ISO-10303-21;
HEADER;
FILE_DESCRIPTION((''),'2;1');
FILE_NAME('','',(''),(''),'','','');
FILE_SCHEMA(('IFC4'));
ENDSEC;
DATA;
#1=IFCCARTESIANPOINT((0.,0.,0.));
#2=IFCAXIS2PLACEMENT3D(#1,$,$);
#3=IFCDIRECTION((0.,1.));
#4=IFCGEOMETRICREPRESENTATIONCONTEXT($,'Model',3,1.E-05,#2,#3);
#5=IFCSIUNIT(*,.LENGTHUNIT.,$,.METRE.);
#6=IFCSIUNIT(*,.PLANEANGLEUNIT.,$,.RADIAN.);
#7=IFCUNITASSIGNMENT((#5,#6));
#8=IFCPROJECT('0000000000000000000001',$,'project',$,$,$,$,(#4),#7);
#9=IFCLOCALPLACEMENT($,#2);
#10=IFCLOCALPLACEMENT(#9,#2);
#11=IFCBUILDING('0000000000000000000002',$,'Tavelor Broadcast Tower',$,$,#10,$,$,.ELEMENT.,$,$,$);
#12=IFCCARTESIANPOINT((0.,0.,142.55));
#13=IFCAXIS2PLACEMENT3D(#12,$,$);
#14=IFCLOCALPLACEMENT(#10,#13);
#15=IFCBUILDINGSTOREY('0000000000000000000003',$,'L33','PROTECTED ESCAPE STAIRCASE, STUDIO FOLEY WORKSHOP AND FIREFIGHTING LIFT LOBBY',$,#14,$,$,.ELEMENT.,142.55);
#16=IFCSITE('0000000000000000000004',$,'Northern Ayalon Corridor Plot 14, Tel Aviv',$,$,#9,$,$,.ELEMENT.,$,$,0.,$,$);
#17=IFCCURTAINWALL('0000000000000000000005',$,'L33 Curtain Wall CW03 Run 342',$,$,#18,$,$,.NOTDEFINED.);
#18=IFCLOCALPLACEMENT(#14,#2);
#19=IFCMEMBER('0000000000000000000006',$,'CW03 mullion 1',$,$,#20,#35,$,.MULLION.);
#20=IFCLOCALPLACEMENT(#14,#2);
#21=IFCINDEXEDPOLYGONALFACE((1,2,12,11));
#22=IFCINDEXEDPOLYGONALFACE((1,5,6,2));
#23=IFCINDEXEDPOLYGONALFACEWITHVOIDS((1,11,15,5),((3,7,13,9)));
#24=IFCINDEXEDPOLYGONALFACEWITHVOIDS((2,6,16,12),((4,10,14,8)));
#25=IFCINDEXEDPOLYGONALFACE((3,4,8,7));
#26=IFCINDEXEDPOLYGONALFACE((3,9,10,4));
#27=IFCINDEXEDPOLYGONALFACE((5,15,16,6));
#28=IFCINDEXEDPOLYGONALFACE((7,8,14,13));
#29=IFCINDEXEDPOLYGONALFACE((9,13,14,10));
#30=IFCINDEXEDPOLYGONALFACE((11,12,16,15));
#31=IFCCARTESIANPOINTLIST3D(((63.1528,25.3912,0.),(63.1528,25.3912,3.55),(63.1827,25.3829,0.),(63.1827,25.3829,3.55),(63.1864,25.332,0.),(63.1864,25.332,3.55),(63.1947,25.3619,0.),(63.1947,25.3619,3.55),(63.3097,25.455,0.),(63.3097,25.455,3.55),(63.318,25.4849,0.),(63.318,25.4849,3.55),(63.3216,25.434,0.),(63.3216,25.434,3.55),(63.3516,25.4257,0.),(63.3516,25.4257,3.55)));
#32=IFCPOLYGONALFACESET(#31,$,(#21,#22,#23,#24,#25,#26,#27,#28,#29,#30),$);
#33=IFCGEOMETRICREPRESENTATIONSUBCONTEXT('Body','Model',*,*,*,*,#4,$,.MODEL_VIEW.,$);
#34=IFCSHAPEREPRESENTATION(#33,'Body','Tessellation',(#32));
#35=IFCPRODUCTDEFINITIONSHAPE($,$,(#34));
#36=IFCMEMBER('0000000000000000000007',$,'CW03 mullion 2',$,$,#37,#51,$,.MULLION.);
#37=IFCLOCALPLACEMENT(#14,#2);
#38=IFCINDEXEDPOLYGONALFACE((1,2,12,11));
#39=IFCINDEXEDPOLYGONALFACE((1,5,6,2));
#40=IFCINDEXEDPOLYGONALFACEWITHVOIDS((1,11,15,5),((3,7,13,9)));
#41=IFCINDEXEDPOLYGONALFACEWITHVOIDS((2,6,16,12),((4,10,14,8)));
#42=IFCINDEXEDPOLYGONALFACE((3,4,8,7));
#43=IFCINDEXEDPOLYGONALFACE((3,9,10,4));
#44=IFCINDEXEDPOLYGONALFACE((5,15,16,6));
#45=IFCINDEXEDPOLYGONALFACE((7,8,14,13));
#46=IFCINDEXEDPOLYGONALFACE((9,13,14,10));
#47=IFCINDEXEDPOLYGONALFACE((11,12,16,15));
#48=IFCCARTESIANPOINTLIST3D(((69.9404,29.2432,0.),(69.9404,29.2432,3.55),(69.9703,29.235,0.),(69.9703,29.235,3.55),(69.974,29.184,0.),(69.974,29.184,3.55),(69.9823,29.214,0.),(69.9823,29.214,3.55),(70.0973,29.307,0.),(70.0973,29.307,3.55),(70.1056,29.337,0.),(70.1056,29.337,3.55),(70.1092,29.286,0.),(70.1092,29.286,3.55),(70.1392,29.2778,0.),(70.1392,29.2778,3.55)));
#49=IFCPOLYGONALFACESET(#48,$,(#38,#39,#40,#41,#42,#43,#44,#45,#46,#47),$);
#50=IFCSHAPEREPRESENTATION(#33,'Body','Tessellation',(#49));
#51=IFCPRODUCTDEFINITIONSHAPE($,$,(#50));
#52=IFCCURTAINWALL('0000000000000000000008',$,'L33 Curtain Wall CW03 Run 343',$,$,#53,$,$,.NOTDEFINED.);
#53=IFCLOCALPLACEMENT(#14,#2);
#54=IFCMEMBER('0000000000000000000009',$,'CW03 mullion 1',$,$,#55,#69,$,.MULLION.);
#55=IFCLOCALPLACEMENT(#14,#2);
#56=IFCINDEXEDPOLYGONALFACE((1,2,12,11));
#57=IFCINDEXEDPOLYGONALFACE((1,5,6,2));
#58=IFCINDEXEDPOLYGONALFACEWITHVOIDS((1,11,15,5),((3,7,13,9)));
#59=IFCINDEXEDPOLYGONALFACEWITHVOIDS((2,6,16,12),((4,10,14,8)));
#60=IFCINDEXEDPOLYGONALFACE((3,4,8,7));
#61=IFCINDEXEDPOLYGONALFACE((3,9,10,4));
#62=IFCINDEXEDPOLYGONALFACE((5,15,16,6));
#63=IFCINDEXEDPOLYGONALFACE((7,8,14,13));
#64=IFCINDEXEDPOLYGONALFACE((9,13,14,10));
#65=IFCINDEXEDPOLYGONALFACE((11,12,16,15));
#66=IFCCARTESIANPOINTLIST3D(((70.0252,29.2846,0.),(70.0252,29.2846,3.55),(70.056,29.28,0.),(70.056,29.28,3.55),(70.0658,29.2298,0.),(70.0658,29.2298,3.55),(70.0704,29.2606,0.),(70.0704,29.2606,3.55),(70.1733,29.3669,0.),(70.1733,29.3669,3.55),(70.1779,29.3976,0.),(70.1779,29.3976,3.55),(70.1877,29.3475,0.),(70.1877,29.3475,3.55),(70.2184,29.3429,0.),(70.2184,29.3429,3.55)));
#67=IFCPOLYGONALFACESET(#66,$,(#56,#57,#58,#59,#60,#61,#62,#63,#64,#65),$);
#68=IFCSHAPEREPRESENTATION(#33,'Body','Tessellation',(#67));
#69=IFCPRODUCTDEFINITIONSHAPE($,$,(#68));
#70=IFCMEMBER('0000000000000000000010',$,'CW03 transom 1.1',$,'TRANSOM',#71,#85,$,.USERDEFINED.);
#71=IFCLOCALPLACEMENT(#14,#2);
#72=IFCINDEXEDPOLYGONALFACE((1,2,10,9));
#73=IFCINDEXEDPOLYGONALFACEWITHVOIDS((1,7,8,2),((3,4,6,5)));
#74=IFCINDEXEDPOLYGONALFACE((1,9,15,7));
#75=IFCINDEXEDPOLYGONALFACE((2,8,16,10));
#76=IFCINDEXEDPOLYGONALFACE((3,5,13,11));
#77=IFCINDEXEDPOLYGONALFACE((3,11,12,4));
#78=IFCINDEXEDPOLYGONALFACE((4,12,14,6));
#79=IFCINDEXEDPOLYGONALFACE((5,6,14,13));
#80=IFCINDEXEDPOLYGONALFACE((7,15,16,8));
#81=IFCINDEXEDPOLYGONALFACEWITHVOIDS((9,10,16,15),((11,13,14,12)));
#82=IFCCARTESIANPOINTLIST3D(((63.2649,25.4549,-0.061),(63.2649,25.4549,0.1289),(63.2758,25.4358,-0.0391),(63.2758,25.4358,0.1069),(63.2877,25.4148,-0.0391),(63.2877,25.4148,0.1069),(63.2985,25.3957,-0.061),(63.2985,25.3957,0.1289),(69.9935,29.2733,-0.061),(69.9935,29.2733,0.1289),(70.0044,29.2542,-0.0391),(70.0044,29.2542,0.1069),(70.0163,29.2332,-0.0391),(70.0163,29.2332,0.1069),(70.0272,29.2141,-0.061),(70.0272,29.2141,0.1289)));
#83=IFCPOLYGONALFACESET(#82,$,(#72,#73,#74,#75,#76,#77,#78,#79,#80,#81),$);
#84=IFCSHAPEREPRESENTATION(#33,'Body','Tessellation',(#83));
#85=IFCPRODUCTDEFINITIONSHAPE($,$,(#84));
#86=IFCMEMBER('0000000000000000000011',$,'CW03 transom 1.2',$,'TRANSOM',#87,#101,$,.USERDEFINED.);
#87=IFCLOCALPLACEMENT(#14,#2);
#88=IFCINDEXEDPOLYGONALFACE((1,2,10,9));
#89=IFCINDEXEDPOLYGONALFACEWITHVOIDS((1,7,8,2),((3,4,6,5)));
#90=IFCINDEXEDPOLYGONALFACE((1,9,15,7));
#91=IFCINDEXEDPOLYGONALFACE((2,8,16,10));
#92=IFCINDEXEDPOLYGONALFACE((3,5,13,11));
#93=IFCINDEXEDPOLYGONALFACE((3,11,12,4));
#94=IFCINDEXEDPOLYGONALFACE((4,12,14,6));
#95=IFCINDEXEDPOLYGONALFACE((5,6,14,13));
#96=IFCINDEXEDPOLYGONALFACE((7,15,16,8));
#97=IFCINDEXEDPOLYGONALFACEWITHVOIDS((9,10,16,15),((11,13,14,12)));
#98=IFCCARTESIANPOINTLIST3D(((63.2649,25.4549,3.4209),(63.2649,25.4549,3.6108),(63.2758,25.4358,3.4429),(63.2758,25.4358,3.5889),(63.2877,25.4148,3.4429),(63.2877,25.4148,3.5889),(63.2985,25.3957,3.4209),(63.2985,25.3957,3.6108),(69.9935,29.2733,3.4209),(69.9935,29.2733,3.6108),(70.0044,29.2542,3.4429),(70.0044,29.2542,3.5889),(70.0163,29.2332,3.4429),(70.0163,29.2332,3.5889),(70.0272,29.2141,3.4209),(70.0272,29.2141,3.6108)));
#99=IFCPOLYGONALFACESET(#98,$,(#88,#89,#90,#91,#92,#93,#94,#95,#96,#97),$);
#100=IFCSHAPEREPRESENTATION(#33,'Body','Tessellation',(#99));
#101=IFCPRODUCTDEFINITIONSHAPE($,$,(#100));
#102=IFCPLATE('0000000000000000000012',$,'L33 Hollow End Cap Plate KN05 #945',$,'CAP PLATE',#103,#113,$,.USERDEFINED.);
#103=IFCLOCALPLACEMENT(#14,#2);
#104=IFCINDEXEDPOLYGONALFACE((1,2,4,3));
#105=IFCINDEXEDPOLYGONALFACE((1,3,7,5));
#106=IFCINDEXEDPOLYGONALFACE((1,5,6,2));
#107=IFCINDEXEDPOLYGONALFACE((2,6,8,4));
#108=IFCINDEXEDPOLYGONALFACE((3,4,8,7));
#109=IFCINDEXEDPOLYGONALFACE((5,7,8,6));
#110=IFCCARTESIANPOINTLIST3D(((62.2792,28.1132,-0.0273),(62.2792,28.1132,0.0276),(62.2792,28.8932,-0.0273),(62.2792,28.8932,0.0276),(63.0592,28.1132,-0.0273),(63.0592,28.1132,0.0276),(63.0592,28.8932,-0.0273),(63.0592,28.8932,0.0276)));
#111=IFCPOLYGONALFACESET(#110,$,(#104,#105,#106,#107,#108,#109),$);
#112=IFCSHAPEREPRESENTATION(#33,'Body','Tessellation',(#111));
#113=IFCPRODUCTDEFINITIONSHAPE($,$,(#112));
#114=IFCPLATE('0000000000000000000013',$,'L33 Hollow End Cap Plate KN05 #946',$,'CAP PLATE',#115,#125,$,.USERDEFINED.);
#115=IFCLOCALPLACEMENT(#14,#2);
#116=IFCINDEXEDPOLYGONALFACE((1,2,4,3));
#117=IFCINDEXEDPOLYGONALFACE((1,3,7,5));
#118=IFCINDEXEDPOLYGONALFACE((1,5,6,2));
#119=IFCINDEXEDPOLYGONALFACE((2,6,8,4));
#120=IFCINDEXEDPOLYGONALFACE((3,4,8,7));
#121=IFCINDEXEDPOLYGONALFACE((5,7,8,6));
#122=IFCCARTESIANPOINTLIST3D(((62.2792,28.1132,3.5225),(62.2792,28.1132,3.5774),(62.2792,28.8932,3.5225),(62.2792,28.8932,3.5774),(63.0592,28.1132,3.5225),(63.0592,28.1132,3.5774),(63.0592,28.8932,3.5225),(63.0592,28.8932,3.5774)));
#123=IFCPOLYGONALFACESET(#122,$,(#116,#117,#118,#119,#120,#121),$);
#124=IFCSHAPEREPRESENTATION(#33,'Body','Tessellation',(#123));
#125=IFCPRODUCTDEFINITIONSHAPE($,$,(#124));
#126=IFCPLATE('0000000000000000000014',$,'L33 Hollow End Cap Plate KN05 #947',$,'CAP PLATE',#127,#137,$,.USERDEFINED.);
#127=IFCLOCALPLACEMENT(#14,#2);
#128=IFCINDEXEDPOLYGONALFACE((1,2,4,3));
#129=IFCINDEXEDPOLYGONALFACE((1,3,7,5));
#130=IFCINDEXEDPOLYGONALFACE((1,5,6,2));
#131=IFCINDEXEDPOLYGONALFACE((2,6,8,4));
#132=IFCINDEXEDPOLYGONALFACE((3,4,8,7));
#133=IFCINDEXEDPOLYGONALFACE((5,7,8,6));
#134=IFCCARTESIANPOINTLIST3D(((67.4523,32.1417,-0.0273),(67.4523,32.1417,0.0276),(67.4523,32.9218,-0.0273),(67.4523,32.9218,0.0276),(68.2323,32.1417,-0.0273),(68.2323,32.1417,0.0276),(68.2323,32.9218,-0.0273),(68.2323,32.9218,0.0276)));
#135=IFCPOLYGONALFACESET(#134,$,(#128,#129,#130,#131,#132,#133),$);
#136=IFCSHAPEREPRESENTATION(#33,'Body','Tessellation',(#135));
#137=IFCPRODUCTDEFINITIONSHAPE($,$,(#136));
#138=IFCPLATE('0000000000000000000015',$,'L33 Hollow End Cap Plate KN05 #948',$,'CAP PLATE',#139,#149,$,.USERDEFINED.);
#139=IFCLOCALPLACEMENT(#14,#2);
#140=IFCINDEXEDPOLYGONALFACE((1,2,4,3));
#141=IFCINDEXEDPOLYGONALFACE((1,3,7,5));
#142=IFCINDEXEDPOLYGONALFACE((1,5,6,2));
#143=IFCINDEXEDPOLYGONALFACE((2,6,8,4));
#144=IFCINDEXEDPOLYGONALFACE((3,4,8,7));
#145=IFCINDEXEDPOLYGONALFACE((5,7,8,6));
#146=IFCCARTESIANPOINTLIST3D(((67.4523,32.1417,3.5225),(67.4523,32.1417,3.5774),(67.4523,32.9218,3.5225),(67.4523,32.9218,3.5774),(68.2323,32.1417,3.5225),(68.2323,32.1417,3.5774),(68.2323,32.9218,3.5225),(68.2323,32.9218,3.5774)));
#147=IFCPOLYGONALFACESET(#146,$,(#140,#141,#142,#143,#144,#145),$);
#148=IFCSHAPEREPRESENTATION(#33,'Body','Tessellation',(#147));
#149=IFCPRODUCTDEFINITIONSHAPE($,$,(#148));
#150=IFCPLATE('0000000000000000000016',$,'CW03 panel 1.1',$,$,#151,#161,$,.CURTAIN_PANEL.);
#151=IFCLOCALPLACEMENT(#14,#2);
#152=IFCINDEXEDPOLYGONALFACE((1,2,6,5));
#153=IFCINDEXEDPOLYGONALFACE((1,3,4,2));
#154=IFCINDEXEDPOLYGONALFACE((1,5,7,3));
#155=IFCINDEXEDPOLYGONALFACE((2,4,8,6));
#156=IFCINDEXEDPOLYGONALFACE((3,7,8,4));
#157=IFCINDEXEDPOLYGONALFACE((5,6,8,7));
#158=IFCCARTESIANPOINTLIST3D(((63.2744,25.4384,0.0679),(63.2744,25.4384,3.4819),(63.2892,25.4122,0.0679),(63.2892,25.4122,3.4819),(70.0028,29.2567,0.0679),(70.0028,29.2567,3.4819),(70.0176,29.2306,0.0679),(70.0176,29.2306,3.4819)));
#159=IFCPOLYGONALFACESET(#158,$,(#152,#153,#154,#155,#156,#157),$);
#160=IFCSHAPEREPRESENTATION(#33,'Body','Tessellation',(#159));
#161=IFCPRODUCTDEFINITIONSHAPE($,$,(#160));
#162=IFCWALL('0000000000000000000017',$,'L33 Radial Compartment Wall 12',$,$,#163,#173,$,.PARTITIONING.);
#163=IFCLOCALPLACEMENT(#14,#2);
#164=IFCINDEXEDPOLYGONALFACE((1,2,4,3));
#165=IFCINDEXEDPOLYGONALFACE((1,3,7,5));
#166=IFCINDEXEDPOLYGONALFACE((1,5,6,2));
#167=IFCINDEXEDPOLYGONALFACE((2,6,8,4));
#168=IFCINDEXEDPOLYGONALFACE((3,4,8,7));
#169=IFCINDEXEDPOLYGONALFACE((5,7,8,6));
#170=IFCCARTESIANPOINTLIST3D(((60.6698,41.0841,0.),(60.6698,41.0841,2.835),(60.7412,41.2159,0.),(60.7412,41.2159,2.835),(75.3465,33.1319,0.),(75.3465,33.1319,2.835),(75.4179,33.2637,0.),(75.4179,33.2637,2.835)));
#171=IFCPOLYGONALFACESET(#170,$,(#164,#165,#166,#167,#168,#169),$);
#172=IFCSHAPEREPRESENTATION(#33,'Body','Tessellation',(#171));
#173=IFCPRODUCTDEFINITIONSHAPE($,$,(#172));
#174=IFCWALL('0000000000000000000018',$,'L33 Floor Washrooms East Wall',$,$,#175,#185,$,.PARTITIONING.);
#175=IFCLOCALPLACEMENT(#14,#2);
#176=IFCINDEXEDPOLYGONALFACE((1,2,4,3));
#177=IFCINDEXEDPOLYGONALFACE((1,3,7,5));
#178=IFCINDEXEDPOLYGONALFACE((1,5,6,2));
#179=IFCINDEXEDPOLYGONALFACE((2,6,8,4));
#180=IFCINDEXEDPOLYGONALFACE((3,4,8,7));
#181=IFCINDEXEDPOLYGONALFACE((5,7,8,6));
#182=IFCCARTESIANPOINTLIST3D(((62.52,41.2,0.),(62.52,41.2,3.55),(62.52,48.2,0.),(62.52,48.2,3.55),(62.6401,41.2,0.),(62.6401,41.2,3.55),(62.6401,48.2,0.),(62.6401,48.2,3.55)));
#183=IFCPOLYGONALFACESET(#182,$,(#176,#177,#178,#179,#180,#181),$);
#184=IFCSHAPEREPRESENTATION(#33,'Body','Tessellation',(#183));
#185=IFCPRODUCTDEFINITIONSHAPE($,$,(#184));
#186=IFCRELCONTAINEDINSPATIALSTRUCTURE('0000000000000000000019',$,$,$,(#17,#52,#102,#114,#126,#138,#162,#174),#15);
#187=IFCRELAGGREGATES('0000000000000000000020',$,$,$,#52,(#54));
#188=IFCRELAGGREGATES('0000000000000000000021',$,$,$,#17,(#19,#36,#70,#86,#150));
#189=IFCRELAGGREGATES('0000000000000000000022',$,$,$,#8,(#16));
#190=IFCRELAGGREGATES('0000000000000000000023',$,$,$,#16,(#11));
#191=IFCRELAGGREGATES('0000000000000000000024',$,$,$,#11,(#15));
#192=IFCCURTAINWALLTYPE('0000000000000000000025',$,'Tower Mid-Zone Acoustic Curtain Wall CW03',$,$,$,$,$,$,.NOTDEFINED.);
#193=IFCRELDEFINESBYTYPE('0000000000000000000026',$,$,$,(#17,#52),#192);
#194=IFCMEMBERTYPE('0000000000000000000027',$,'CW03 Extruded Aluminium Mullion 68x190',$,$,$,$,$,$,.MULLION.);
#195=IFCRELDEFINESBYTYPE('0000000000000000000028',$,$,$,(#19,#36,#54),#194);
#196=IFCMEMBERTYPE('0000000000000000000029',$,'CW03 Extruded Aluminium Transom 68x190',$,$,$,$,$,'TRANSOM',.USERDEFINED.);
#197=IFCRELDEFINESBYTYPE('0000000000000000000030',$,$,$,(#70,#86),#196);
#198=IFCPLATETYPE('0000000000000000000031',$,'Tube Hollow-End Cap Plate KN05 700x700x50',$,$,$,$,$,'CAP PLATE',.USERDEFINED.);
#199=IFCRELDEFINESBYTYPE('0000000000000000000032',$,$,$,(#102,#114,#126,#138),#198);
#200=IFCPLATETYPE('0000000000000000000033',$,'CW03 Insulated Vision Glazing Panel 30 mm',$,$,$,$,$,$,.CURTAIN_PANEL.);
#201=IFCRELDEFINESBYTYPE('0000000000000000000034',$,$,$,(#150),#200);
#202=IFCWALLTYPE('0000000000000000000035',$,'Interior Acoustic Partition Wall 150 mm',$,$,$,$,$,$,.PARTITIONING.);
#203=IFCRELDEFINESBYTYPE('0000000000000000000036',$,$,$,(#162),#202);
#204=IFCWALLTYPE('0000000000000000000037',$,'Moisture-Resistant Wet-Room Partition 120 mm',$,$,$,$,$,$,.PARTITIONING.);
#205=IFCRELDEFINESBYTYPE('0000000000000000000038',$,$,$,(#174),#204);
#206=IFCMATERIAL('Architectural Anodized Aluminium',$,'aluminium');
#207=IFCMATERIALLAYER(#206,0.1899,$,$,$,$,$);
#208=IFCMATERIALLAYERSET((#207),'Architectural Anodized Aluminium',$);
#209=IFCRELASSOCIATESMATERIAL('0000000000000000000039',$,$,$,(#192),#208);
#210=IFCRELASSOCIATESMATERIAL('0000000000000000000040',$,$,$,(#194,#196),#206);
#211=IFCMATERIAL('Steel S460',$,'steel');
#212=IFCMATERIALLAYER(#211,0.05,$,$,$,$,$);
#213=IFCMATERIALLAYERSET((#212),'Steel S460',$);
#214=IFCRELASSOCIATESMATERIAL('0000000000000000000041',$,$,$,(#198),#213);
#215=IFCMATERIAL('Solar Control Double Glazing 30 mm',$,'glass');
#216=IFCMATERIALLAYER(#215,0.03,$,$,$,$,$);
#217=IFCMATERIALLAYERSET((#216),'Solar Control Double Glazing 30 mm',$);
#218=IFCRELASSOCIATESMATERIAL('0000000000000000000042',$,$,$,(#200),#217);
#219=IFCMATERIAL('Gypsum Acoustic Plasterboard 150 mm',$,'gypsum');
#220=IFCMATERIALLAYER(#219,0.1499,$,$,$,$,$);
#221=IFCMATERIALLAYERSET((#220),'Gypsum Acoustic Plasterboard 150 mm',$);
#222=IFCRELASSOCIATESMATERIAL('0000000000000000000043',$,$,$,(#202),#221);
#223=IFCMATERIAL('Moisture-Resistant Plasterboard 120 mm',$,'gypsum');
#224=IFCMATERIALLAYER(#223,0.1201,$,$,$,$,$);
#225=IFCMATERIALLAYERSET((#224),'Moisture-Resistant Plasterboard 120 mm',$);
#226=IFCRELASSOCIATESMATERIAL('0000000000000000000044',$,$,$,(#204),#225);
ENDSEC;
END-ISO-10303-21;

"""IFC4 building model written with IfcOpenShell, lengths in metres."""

from ifc_helpers import new_model, si_unit, direction, frame, frame_2d, origin, origin_2d, place, context, subcontext, project, spatial, rectangle, hollow_rectangle, extrude, source, transform, mapped, material, layer, layer_set, material_profile, profile_set, type_object, type_shapes, element, aggregate, save


model = new_model("IFC4")

# Units and contexts
model_context = context("Model", 3, precision=1e-05, world=origin(), true_north=direction((0.0, 1.0)))
body_context = subcontext(model_context, "Body", "Model", "MODEL_VIEW")
ifc_project = project(units=[si_unit("LENGTHUNIT", "METRE"), si_unit("PLANEANGLEUNIT", "RADIAN")], contexts=[model_context])

# Site, building, storey
site_placement = place(None, origin())
site = spatial("IfcSite", under=ifc_project, at=site_placement, Name="Northern Ayalon Corridor Plot 14, Tel Aviv", CompositionType="ELEMENT", RefElevation=0.0)
building_placement = place(site_placement, origin())
building = spatial("IfcBuilding", under=site, at=building_placement, Name="Tavelor Broadcast Tower", CompositionType="ELEMENT")
storey_placement = place(building_placement, frame((0.0, 0.0, 142.55)))
storey = spatial("IfcBuildingStorey", under=building, at=storey_placement, Name="L33", Description="PROTECTED ESCAPE STAIRCASE, STUDIO FOLEY WORKSHOP AND FIREFIGHTING LIFT LOBBY", CompositionType="ELEMENT", Elevation=142.55)

# Shared definitions
ifc_material_1 = material(Name="Steel S460", Category="steel")

# Shared definitions
ifc_material_2 = material(Name="Architectural Anodized Aluminium", Category="aluminium")
ifc_layer_1 = layer(ifc_material_2, 0.1899)
ifc_layer_set_1 = layer_set([ifc_layer_1], Name="Architectural Anodized Aluminium")
curtain_wall_type = type_object("IfcCurtainWallType", Name="Tower Mid-Zone Acoustic Curtain Wall CW03", PredefinedType="NOTDEFINED", material=ifc_layer_set_1)
ifc_material_profile_1 = material_profile(ifc_material_2, hollow_rectangle(XDim=0.0681, YDim=0.1899, WallThickness=0.022, at=origin_2d()), Name="RHS 68x190x22")
ifc_profile_set_1 = profile_set([ifc_material_profile_1], Name="Architectural Anodized Aluminium")
member_type_1 = type_object("IfcMemberType", Name="CW03 Extruded Aluminium Mullion 68x190", PredefinedType="MULLION", material=ifc_profile_set_1)
shared_shape_1 = source(origin(), body_context, "Body", "SweptSolid", [
    extrude(hollow_rectangle(XDim=0.0681, YDim=0.1899, WallThickness=0.022, at=origin_2d()), origin(), (0.0, 0.0, 1.0), 3.55),
])
type_shapes(member_type_1, [shared_shape_1])

# Curtain wall, members
curtain_wall_1_placement = place(storey_placement, origin())
curtain_wall_1 = element("IfcCurtainWall", 1, at=curtain_wall_1_placement, inside=storey, type_object=curtain_wall_type, Name="L33 Curtain Wall CW03 Run 342", PredefinedType="NOTDEFINED")
member_1_placement = place(storey_placement, frame((63.2522, 25.4084, 0.0), z_axis=(0.0, 0.0, 1.0), x_axis=(-0.493561, 0.869711, 0.0)))
member_1 = element("IfcMember", 2, at=member_1_placement, type_object=member_type_1, Name="CW03 mullion 1", PredefinedType="MULLION", context=body_context, shape_type="MappedRepresentation", body=[
    mapped(shared_shape_1, transform((0.0, 0.0, 0.0), scale=1.0)),
])
member_2_placement = place(storey_placement, frame((70.0398, 29.2605, 0.0), z_axis=(0.0, 0.0, 1.0), x_axis=(-0.493561, 0.869711, 0.0)))
member_2 = element("IfcMember", 3, at=member_2_placement, type_object=member_type_1, Name="CW03 mullion 2", PredefinedType="MULLION", context=body_context, shape_type="MappedRepresentation", body=[
    mapped(shared_shape_1, transform((0.0, 0.0, 0.0), scale=1.0)),
])

# Curtain wall, member
curtain_wall_2_placement = place(storey_placement, origin())
curtain_wall_2 = element("IfcCurtainWall", 4, at=curtain_wall_2_placement, inside=storey, type_object=curtain_wall_type, Name="L33 Curtain Wall CW03 Run 343", PredefinedType="NOTDEFINED")
member_3_placement = place(storey_placement, frame((70.1218, 29.3137, 0.0), z_axis=(0.0, 0.0, 1.0), x_axis=(-0.595187, 0.803588, 0.0)))
member_3 = element("IfcMember", 5, at=member_3_placement, type_object=member_type_1, Name="CW03 mullion 1", PredefinedType="MULLION", context=body_context, shape_type="MappedRepresentation", body=[
    mapped(shared_shape_1, transform((0.0, 0.0, 0.0), scale=1.0)),
])
aggregate(curtain_wall_2, [member_3])

# Members
ifc_material_profile_2 = material_profile(ifc_material_2, hollow_rectangle(XDim=0.0681, YDim=0.1899, WallThickness=0.022, at=origin_2d()), Name="RHS 68x190x22")
ifc_profile_set_2 = profile_set([ifc_material_profile_2], Name="Architectural Anodized Aluminium")
member_type_2 = type_object("IfcMemberType", Name="CW03 Extruded Aluminium Transom 68x190", ElementType="TRANSOM", PredefinedType="USERDEFINED", material=ifc_profile_set_2)
shared_shape_2 = source(origin(), body_context, "Body", "SweptSolid", [
    extrude(hollow_rectangle(XDim=0.0681, YDim=0.1899, WallThickness=0.022, at=origin_2d()), origin(), (0.0, 0.0, 1.0), 7.7366),
])
type_shapes(member_type_2, [shared_shape_2])
member_4_placement = place(storey_placement, frame((63.2817, 25.4253, 0.0339), z_axis=(0.869715, 0.493554, 0.0), x_axis=(-0.493554, 0.869715, 0.0)))
member_4 = element("IfcMember", 6, at=member_4_placement, type_object=member_type_2, Name="CW03 transom 1.1", ObjectType="TRANSOM", PredefinedType="USERDEFINED", context=body_context, shape_type="MappedRepresentation", body=[
    mapped(shared_shape_2, transform((0.0, 0.0, 0.0), scale=1.0)),
])
member_5_placement = place(storey_placement, frame((63.2817, 25.4253, 3.5159), z_axis=(0.869715, 0.493554, 0.0), x_axis=(-0.493554, 0.869715, 0.0)))
member_5 = element("IfcMember", 7, at=member_5_placement, type_object=member_type_2, Name="CW03 transom 1.2", ObjectType="TRANSOM", PredefinedType="USERDEFINED", context=body_context, shape_type="MappedRepresentation", body=[
    mapped(shared_shape_2, transform((0.0, 0.0, 0.0), scale=1.0)),
])

# Plates
ifc_layer_2 = layer(ifc_material_1, 0.05)
ifc_layer_set_2 = layer_set([ifc_layer_2], Name="Steel S460")
plate_type_1 = type_object("IfcPlateType", Name="Tube Hollow-End Cap Plate KN05 700x700x50", ElementType="CAP PLATE", PredefinedType="USERDEFINED", material=ifc_layer_set_2)
shared_shape_3 = source(origin(), body_context, "Body", "SweptSolid", [
    extrude(rectangle(XDim=0.78, YDim=0.78, at=origin_2d()), origin(), (0.0, 0.0, 1.0), 0.0549),
])
type_shapes(plate_type_1, [shared_shape_3])
for number, where, z_axis, x_axis, name in (
    (8, (62.6692, 28.5032, -0.0273), (0.0, 0.0, 1.0), (1.0, 0.0, 0.0), "L33 Hollow End Cap Plate KN05 #945"),
    (9, (62.6692, 28.5032, 3.5225), (0.0, 0.0, 1.0), (1.0, 0.0, 0.0), "L33 Hollow End Cap Plate KN05 #946"),
    (10, (67.8423, 32.5317, -0.0273), (0.0, 0.0, 1.0), (1.0, 0.0, 0.0), "L33 Hollow End Cap Plate KN05 #947"),
    (11, (67.8423, 32.5317, 3.5225), (0.0, 0.0, 1.0), (1.0, 0.0, 0.0), "L33 Hollow End Cap Plate KN05 #948"),
):
    element("IfcPlate", number, at=place(storey_placement, frame(where, z_axis=z_axis, x_axis=x_axis)), inside=storey, type_object=plate_type_1, Name=name, ObjectType="CAP PLATE", PredefinedType="USERDEFINED", context=body_context, shape_type="MappedRepresentation", body=[
        mapped(shared_shape_3, transform((0.0, 0.0, 0.0), scale=1.0)),
    ])

# Plate
ifc_material_3 = material(Name="Solar Control Double Glazing 30 mm", Category="glass")
ifc_layer_3 = layer(ifc_material_3, 0.03)
ifc_layer_set_3 = layer_set([ifc_layer_3], Name="Solar Control Double Glazing 30 mm")
plate_type_2 = type_object("IfcPlateType", Name="CW03 Insulated Vision Glazing Panel 30 mm", PredefinedType="CURTAIN_PANEL", material=ifc_layer_set_3)
shared_shape_4 = source(origin(), body_context, "Body", "SweptSolid", [
    extrude(rectangle(XDim=7.7363, YDim=0.03, at=origin_2d()), origin(), (0.0, 0.0, 1.0), 3.4141),
])
type_shapes(plate_type_2, [shared_shape_4])
plate_placement = place(storey_placement, frame((66.646, 27.3345, 0.0679), z_axis=(0.0, 0.0, 1.0), x_axis=(0.869711, 0.493561, 0.0)))
plate = element("IfcPlate", 12, at=plate_placement, type_object=plate_type_2, Name="CW03 panel 1.1", PredefinedType="CURTAIN_PANEL", context=body_context, shape_type="MappedRepresentation", body=[
    mapped(shared_shape_4, transform((0.0, 0.0, 0.0), scale=1.0)),
])
aggregate(curtain_wall_1, [member_1, member_2, member_4, member_5, plate])

# Walls
ifc_material_4 = material(Name="Gypsum Acoustic Plasterboard 150 mm", Category="gypsum")
ifc_layer_4 = layer(ifc_material_4, 0.1499)
ifc_layer_set_4 = layer_set([ifc_layer_4], Name="Gypsum Acoustic Plasterboard 150 mm")
wall_type_1 = type_object("IfcWallType", Name="Interior Acoustic Partition Wall 150 mm", PredefinedType="PARTITIONING", material=ifc_layer_set_4)
wall_1_placement = place(storey_placement, frame((60.7056, 41.1499, 0.0), z_axis=(0.0, 0.0, 1.0), x_axis=(0.879236, -0.476387, 0.0)))
element("IfcWall", 13, at=wall_1_placement, inside=storey, type_object=wall_type_1, Name="L33 Radial Compartment Wall 12", PredefinedType="PARTITIONING", context=body_context, shape_type="SweptSolid", body=[
    extrude(rectangle(XDim=16.6926, YDim=0.1499, at=frame_2d((8.3462, 0.0))), origin(), (0.0, 0.0, 1.0), 2.835),
])
ifc_material_5 = material(Name="Moisture-Resistant Plasterboard 120 mm", Category="gypsum")
ifc_layer_5 = layer(ifc_material_5, 0.1201)
ifc_layer_set_5 = layer_set([ifc_layer_5], Name="Moisture-Resistant Plasterboard 120 mm")
wall_type_2 = type_object("IfcWallType", Name="Moisture-Resistant Wet-Room Partition 120 mm", PredefinedType="PARTITIONING", material=ifc_layer_set_5)
wall_2_placement = place(storey_placement, frame((62.5801, 41.2, 0.0), z_axis=(0.0, 0.0, 1.0), x_axis=(0.0, 1.0, 0.0)))
element("IfcWall", 14, at=wall_2_placement, inside=storey, type_object=wall_type_2, Name="L33 Floor Washrooms East Wall", PredefinedType="PARTITIONING", context=body_context, shape_type="SweptSolid", body=[
    extrude(rectangle(XDim=7.0, YDim=0.1201, at=frame_2d((3.5, 0.0))), origin(), (0.0, 0.0, 1.0), 3.55),
])

save(model, "model.ifc")
